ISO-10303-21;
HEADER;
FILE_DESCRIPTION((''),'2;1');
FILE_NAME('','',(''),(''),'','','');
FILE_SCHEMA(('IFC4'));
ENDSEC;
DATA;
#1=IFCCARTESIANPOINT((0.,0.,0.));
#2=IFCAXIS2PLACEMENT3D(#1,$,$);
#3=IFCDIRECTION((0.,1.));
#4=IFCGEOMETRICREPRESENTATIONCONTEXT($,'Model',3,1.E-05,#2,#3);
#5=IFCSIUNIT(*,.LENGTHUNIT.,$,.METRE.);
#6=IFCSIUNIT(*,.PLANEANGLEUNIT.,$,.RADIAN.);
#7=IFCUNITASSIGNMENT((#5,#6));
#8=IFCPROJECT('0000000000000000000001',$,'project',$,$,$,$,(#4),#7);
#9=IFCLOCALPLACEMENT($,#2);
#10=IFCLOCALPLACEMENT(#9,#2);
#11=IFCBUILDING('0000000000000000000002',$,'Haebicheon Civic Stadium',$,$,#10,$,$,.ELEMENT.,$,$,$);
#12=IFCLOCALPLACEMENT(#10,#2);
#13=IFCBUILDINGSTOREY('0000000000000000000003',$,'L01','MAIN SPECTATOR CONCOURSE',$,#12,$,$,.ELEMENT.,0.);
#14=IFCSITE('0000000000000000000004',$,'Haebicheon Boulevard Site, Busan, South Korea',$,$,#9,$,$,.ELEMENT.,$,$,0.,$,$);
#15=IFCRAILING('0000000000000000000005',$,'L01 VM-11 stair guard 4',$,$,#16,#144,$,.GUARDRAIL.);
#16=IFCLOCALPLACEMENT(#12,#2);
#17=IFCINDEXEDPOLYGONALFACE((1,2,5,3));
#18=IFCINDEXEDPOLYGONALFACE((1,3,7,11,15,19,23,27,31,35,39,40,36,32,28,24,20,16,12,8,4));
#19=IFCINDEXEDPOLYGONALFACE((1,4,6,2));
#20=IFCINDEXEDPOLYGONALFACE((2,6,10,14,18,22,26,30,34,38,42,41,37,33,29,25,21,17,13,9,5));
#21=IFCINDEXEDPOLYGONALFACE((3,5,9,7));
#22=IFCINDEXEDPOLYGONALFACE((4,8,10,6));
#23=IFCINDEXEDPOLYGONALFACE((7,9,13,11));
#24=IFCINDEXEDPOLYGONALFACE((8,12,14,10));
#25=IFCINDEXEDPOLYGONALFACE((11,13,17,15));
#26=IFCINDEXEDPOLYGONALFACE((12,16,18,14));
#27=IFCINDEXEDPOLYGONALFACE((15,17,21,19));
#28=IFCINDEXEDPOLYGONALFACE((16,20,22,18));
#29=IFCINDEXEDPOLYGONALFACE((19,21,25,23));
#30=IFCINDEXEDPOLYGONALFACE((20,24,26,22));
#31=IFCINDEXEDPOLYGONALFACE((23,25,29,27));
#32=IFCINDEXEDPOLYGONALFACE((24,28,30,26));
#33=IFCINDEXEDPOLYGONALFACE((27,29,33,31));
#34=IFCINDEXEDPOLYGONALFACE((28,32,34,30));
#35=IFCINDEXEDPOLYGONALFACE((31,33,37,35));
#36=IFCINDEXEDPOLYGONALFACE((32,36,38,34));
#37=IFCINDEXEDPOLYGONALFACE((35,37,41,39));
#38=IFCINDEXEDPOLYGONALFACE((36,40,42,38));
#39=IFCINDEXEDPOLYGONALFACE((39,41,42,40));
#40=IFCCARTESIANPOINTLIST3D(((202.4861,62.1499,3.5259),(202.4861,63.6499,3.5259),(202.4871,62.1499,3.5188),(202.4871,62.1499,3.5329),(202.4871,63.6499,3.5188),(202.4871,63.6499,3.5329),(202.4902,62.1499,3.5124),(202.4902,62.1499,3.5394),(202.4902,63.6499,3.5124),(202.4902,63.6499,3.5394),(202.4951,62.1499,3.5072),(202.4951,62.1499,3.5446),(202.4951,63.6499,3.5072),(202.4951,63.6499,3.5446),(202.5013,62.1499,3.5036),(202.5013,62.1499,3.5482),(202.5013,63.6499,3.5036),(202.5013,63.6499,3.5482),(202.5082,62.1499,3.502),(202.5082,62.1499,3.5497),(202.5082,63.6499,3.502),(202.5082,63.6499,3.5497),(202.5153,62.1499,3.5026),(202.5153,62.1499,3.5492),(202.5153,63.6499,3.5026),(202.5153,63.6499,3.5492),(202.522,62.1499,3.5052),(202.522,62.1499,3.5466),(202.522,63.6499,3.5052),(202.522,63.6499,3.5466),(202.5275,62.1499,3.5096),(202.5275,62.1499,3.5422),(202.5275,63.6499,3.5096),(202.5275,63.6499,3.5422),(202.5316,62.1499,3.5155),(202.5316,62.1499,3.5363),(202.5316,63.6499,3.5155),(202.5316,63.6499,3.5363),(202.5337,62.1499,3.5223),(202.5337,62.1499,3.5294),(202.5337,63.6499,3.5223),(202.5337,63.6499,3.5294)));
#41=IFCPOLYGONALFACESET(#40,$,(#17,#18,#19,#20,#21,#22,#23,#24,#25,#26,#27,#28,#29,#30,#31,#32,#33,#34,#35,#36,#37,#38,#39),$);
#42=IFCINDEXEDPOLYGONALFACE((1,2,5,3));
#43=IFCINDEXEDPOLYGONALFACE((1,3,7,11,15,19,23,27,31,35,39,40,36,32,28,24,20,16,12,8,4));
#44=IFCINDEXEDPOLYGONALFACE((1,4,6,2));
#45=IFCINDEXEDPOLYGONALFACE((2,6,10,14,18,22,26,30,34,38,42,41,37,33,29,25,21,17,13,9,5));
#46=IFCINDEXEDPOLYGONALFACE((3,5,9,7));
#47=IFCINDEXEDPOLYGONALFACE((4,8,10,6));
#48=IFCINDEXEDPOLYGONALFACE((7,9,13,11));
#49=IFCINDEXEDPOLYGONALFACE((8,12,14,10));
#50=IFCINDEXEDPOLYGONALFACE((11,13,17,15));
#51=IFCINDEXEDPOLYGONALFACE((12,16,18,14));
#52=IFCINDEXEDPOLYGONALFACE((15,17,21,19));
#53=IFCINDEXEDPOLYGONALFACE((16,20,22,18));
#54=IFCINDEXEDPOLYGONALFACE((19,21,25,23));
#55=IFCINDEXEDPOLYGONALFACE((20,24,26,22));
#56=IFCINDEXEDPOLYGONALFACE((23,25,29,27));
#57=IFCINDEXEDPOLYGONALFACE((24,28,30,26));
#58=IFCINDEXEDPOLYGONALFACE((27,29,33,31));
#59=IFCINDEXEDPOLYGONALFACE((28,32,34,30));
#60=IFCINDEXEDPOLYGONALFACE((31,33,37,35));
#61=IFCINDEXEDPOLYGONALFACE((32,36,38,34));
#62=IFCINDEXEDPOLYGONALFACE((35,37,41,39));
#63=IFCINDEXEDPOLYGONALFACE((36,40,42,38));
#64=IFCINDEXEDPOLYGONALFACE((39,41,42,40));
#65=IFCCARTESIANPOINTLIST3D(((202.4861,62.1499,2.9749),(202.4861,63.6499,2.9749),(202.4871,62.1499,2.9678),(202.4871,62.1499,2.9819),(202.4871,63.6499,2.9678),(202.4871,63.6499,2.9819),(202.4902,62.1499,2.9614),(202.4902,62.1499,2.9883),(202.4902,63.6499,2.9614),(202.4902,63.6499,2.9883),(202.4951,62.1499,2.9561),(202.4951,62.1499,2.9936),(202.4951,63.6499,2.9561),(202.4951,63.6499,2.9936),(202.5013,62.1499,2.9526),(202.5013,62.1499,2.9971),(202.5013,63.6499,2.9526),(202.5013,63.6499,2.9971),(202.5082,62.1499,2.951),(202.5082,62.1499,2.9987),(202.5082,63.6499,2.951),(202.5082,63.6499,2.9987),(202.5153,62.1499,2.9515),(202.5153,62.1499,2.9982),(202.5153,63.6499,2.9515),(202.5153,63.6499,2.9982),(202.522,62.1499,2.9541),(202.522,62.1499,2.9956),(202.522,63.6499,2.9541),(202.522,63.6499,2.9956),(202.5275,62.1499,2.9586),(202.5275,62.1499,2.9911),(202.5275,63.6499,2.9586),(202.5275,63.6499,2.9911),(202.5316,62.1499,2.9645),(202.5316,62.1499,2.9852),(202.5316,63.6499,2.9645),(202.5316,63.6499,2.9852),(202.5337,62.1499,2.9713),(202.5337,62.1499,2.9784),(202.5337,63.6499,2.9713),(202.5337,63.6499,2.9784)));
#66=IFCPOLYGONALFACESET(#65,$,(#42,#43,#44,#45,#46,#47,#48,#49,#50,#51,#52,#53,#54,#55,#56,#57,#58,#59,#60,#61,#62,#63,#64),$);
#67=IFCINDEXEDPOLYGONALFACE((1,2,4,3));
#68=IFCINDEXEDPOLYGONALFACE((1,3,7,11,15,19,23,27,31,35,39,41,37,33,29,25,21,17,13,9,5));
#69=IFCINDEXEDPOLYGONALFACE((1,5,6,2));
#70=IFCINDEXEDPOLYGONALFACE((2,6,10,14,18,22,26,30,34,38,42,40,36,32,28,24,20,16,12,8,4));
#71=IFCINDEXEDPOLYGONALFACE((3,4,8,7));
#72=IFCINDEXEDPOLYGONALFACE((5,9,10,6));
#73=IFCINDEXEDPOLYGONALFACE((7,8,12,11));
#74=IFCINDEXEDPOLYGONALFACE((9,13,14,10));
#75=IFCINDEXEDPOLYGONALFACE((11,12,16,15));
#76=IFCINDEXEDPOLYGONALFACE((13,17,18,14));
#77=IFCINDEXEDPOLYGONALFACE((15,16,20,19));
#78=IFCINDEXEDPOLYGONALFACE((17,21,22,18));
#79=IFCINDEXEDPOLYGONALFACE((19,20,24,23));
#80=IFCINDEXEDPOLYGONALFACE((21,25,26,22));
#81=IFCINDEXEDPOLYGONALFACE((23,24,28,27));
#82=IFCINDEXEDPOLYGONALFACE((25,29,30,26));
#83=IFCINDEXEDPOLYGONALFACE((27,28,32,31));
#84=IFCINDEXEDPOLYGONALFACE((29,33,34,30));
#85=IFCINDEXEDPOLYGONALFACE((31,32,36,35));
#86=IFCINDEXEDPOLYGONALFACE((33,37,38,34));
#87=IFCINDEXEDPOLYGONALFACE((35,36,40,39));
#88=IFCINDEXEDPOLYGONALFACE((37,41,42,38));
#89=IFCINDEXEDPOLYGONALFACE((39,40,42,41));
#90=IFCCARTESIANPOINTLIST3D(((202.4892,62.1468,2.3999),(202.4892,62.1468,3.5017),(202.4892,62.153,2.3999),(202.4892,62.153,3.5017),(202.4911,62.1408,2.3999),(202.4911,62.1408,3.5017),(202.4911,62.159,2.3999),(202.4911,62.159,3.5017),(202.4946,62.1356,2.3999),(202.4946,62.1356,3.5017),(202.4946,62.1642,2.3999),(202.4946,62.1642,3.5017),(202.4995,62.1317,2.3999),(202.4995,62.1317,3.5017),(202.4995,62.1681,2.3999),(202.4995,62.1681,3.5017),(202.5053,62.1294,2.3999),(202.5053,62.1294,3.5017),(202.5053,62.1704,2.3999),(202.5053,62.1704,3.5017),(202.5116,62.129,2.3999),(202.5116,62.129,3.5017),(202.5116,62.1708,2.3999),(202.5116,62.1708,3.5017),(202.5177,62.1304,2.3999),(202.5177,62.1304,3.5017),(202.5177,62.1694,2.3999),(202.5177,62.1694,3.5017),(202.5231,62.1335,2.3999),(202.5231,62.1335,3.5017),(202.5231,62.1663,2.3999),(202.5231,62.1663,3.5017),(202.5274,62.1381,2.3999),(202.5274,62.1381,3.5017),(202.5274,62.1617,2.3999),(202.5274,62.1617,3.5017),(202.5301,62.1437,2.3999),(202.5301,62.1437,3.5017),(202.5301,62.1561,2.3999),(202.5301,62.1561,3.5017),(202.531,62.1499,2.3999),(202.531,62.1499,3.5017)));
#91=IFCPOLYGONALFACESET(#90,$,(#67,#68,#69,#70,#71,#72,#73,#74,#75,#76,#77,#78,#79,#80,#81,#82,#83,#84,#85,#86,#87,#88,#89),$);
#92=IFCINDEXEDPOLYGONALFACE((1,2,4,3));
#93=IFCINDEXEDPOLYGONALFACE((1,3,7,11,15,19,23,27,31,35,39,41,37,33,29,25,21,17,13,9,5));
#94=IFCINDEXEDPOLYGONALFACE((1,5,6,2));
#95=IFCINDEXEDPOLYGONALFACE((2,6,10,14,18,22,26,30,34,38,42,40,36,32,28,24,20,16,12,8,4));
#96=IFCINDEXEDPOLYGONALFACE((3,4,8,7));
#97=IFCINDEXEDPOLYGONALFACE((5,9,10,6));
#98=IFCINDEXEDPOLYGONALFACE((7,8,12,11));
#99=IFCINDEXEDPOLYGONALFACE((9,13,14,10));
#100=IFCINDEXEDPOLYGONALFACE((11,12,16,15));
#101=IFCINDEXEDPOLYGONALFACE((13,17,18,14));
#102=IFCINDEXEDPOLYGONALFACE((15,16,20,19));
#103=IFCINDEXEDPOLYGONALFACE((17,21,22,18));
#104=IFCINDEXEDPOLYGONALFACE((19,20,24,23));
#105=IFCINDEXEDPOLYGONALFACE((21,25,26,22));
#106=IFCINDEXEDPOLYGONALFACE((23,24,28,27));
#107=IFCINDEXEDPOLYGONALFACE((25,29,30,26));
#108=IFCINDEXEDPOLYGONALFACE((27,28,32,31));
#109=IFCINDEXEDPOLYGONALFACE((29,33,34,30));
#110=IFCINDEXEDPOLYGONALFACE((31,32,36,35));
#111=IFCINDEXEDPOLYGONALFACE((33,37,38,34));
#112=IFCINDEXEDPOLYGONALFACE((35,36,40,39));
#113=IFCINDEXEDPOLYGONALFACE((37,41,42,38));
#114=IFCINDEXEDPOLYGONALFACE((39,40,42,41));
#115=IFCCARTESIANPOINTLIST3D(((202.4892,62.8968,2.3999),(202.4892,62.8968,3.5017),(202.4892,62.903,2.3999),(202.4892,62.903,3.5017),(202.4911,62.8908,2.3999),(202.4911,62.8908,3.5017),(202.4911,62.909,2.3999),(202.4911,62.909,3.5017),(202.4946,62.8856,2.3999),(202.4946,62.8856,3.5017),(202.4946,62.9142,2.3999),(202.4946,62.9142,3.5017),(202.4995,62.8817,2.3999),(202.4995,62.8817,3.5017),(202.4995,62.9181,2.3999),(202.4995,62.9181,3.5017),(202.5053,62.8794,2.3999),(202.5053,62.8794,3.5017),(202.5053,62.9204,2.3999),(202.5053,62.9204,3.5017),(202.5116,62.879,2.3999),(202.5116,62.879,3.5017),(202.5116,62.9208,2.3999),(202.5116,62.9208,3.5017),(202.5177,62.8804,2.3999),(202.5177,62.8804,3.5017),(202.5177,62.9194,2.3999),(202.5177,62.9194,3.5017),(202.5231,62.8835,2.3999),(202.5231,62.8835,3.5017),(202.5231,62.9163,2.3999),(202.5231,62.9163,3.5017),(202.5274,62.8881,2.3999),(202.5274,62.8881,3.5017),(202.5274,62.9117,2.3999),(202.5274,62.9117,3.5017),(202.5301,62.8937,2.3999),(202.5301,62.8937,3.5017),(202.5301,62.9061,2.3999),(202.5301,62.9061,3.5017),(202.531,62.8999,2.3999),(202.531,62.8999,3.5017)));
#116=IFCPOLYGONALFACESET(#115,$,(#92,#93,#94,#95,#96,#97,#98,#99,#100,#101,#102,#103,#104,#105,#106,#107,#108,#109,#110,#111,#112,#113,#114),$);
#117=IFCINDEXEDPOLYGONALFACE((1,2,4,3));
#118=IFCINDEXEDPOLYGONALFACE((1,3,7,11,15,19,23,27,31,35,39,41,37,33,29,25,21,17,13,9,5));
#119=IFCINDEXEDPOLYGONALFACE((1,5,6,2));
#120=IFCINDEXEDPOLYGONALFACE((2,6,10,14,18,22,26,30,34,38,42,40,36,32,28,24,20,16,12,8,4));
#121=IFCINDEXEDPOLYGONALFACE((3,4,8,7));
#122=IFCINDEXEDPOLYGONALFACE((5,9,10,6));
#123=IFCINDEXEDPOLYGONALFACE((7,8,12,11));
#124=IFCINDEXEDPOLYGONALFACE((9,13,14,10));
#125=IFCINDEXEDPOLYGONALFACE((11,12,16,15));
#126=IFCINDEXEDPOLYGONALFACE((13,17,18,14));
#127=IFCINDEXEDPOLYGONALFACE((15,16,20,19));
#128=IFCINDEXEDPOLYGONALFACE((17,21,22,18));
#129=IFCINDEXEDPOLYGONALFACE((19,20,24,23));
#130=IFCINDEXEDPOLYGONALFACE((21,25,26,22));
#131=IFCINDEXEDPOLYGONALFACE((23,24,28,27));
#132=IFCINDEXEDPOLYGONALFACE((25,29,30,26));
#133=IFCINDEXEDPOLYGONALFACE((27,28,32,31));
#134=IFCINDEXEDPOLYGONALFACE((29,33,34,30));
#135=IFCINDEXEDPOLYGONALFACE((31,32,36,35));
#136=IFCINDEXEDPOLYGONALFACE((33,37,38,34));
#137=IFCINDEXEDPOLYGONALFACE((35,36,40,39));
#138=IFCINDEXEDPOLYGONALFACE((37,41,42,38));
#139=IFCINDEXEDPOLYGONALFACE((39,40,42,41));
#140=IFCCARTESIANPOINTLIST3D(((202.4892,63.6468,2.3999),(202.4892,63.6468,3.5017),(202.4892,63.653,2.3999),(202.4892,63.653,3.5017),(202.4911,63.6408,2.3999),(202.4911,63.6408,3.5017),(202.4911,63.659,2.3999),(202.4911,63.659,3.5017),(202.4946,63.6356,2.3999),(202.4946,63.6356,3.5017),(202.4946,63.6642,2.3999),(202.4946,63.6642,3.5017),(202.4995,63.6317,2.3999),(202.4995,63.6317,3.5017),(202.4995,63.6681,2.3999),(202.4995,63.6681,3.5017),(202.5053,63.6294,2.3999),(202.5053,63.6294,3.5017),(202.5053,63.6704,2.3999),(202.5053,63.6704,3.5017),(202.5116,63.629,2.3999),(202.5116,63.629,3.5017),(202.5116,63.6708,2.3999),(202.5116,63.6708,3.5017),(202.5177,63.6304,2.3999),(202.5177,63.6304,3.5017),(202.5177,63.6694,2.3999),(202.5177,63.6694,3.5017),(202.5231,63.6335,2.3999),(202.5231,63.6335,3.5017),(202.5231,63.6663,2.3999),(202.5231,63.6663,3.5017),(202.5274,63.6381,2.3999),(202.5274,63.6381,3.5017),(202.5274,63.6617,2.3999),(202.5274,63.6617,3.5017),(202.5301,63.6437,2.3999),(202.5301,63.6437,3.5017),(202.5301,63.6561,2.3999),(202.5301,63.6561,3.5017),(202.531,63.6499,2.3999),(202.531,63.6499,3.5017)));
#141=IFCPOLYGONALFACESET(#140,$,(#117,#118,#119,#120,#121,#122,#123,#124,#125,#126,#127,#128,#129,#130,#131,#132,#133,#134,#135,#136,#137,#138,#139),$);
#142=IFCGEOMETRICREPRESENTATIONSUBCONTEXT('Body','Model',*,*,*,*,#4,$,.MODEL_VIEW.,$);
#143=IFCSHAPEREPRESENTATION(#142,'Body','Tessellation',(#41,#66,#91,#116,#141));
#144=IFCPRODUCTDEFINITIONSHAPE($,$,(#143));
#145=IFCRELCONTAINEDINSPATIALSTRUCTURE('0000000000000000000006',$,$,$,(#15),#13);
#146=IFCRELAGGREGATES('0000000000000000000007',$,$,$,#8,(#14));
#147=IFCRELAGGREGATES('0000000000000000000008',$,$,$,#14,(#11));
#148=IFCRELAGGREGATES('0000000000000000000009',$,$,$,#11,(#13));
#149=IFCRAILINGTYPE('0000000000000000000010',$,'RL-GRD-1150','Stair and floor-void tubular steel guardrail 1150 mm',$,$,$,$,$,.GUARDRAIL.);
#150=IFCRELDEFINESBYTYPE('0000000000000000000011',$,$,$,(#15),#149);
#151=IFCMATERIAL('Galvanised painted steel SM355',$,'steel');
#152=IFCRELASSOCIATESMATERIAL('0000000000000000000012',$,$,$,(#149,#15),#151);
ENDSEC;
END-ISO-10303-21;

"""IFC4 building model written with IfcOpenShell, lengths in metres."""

from ifc_helpers import new_model, si_unit, direction, frame, origin, origin_2d, place, context, subcontext, project, spatial, circle, extrude, material, type_object, element, save


model = new_model("IFC4")

# Units and contexts
model_context = context("Model", 3, precision=1e-05, world=origin(), true_north=direction((0.0, 1.0)))
body_context = subcontext(model_context, "Body", "Model", "MODEL_VIEW")
ifc_project = project(units=[si_unit("LENGTHUNIT", "METRE"), si_unit("PLANEANGLEUNIT", "RADIAN")], contexts=[model_context])

# Site, building, storey
site_placement = place(None, origin())
site = spatial("IfcSite", under=ifc_project, at=site_placement, Name="Haebicheon Boulevard Site, Busan, South Korea", CompositionType="ELEMENT", RefElevation=0.0)
building_placement = place(site_placement, origin())
building = spatial("IfcBuilding", under=site, at=building_placement, Name="Haebicheon Civic Stadium", CompositionType="ELEMENT")
storey_placement = place(building_placement, origin())
storey = spatial("IfcBuildingStorey", under=building, at=storey_placement, Name="L01", Description="MAIN SPECTATOR CONCOURSE", CompositionType="ELEMENT", Elevation=0.0)

# Railing
ifc_material_1 = material(Name="Galvanised painted steel SM355", Category="steel")
railing_type = type_object("IfcRailingType", Name="RL-GRD-1150", Description="Stair and floor-void tubular steel guardrail 1150 mm", PredefinedType="GUARDRAIL", material=ifc_material_1)
railing_placement = place(storey_placement, frame((202.51, 62.1499, 2.3999)))
element("IfcRailing", 1, at=railing_placement, inside=storey, type_object=railing_type, material=ifc_material_1, Name="L01 VM-11 stair guard 4", PredefinedType="GUARDRAIL", context=body_context, shape_type="SweptSolid", body=[
    extrude(circle(Radius=0.0239, at=origin_2d()), frame((0.0, 0.0, 1.126), z_axis=(0.0, 1.0, 0.0), x_axis=(-1.0, 0.0, 0.0)), (0.0, 0.0, 1.0), 1.5),
    extrude(circle(Radius=0.0239, at=origin_2d()), frame((0.0, 0.0, 0.575), z_axis=(0.0, 1.0, 0.0), x_axis=(-1.0, 0.0, 0.0)), (0.0, 0.0, 1.0), 1.5),
    extrude(circle(Radius=0.021, at=origin_2d()), origin(), (0.0, 0.0, 1.0), 1.1018),
    extrude(circle(Radius=0.021, at=origin_2d()), frame((0.0, 0.75, 0.0)), (0.0, 0.0, 1.0), 1.1018),
    extrude(circle(Radius=0.021, at=origin_2d()), frame((0.0, 1.5, 0.0)), (0.0, 0.0, 1.0), 1.1018),
])

save(model, "model.ifc")
